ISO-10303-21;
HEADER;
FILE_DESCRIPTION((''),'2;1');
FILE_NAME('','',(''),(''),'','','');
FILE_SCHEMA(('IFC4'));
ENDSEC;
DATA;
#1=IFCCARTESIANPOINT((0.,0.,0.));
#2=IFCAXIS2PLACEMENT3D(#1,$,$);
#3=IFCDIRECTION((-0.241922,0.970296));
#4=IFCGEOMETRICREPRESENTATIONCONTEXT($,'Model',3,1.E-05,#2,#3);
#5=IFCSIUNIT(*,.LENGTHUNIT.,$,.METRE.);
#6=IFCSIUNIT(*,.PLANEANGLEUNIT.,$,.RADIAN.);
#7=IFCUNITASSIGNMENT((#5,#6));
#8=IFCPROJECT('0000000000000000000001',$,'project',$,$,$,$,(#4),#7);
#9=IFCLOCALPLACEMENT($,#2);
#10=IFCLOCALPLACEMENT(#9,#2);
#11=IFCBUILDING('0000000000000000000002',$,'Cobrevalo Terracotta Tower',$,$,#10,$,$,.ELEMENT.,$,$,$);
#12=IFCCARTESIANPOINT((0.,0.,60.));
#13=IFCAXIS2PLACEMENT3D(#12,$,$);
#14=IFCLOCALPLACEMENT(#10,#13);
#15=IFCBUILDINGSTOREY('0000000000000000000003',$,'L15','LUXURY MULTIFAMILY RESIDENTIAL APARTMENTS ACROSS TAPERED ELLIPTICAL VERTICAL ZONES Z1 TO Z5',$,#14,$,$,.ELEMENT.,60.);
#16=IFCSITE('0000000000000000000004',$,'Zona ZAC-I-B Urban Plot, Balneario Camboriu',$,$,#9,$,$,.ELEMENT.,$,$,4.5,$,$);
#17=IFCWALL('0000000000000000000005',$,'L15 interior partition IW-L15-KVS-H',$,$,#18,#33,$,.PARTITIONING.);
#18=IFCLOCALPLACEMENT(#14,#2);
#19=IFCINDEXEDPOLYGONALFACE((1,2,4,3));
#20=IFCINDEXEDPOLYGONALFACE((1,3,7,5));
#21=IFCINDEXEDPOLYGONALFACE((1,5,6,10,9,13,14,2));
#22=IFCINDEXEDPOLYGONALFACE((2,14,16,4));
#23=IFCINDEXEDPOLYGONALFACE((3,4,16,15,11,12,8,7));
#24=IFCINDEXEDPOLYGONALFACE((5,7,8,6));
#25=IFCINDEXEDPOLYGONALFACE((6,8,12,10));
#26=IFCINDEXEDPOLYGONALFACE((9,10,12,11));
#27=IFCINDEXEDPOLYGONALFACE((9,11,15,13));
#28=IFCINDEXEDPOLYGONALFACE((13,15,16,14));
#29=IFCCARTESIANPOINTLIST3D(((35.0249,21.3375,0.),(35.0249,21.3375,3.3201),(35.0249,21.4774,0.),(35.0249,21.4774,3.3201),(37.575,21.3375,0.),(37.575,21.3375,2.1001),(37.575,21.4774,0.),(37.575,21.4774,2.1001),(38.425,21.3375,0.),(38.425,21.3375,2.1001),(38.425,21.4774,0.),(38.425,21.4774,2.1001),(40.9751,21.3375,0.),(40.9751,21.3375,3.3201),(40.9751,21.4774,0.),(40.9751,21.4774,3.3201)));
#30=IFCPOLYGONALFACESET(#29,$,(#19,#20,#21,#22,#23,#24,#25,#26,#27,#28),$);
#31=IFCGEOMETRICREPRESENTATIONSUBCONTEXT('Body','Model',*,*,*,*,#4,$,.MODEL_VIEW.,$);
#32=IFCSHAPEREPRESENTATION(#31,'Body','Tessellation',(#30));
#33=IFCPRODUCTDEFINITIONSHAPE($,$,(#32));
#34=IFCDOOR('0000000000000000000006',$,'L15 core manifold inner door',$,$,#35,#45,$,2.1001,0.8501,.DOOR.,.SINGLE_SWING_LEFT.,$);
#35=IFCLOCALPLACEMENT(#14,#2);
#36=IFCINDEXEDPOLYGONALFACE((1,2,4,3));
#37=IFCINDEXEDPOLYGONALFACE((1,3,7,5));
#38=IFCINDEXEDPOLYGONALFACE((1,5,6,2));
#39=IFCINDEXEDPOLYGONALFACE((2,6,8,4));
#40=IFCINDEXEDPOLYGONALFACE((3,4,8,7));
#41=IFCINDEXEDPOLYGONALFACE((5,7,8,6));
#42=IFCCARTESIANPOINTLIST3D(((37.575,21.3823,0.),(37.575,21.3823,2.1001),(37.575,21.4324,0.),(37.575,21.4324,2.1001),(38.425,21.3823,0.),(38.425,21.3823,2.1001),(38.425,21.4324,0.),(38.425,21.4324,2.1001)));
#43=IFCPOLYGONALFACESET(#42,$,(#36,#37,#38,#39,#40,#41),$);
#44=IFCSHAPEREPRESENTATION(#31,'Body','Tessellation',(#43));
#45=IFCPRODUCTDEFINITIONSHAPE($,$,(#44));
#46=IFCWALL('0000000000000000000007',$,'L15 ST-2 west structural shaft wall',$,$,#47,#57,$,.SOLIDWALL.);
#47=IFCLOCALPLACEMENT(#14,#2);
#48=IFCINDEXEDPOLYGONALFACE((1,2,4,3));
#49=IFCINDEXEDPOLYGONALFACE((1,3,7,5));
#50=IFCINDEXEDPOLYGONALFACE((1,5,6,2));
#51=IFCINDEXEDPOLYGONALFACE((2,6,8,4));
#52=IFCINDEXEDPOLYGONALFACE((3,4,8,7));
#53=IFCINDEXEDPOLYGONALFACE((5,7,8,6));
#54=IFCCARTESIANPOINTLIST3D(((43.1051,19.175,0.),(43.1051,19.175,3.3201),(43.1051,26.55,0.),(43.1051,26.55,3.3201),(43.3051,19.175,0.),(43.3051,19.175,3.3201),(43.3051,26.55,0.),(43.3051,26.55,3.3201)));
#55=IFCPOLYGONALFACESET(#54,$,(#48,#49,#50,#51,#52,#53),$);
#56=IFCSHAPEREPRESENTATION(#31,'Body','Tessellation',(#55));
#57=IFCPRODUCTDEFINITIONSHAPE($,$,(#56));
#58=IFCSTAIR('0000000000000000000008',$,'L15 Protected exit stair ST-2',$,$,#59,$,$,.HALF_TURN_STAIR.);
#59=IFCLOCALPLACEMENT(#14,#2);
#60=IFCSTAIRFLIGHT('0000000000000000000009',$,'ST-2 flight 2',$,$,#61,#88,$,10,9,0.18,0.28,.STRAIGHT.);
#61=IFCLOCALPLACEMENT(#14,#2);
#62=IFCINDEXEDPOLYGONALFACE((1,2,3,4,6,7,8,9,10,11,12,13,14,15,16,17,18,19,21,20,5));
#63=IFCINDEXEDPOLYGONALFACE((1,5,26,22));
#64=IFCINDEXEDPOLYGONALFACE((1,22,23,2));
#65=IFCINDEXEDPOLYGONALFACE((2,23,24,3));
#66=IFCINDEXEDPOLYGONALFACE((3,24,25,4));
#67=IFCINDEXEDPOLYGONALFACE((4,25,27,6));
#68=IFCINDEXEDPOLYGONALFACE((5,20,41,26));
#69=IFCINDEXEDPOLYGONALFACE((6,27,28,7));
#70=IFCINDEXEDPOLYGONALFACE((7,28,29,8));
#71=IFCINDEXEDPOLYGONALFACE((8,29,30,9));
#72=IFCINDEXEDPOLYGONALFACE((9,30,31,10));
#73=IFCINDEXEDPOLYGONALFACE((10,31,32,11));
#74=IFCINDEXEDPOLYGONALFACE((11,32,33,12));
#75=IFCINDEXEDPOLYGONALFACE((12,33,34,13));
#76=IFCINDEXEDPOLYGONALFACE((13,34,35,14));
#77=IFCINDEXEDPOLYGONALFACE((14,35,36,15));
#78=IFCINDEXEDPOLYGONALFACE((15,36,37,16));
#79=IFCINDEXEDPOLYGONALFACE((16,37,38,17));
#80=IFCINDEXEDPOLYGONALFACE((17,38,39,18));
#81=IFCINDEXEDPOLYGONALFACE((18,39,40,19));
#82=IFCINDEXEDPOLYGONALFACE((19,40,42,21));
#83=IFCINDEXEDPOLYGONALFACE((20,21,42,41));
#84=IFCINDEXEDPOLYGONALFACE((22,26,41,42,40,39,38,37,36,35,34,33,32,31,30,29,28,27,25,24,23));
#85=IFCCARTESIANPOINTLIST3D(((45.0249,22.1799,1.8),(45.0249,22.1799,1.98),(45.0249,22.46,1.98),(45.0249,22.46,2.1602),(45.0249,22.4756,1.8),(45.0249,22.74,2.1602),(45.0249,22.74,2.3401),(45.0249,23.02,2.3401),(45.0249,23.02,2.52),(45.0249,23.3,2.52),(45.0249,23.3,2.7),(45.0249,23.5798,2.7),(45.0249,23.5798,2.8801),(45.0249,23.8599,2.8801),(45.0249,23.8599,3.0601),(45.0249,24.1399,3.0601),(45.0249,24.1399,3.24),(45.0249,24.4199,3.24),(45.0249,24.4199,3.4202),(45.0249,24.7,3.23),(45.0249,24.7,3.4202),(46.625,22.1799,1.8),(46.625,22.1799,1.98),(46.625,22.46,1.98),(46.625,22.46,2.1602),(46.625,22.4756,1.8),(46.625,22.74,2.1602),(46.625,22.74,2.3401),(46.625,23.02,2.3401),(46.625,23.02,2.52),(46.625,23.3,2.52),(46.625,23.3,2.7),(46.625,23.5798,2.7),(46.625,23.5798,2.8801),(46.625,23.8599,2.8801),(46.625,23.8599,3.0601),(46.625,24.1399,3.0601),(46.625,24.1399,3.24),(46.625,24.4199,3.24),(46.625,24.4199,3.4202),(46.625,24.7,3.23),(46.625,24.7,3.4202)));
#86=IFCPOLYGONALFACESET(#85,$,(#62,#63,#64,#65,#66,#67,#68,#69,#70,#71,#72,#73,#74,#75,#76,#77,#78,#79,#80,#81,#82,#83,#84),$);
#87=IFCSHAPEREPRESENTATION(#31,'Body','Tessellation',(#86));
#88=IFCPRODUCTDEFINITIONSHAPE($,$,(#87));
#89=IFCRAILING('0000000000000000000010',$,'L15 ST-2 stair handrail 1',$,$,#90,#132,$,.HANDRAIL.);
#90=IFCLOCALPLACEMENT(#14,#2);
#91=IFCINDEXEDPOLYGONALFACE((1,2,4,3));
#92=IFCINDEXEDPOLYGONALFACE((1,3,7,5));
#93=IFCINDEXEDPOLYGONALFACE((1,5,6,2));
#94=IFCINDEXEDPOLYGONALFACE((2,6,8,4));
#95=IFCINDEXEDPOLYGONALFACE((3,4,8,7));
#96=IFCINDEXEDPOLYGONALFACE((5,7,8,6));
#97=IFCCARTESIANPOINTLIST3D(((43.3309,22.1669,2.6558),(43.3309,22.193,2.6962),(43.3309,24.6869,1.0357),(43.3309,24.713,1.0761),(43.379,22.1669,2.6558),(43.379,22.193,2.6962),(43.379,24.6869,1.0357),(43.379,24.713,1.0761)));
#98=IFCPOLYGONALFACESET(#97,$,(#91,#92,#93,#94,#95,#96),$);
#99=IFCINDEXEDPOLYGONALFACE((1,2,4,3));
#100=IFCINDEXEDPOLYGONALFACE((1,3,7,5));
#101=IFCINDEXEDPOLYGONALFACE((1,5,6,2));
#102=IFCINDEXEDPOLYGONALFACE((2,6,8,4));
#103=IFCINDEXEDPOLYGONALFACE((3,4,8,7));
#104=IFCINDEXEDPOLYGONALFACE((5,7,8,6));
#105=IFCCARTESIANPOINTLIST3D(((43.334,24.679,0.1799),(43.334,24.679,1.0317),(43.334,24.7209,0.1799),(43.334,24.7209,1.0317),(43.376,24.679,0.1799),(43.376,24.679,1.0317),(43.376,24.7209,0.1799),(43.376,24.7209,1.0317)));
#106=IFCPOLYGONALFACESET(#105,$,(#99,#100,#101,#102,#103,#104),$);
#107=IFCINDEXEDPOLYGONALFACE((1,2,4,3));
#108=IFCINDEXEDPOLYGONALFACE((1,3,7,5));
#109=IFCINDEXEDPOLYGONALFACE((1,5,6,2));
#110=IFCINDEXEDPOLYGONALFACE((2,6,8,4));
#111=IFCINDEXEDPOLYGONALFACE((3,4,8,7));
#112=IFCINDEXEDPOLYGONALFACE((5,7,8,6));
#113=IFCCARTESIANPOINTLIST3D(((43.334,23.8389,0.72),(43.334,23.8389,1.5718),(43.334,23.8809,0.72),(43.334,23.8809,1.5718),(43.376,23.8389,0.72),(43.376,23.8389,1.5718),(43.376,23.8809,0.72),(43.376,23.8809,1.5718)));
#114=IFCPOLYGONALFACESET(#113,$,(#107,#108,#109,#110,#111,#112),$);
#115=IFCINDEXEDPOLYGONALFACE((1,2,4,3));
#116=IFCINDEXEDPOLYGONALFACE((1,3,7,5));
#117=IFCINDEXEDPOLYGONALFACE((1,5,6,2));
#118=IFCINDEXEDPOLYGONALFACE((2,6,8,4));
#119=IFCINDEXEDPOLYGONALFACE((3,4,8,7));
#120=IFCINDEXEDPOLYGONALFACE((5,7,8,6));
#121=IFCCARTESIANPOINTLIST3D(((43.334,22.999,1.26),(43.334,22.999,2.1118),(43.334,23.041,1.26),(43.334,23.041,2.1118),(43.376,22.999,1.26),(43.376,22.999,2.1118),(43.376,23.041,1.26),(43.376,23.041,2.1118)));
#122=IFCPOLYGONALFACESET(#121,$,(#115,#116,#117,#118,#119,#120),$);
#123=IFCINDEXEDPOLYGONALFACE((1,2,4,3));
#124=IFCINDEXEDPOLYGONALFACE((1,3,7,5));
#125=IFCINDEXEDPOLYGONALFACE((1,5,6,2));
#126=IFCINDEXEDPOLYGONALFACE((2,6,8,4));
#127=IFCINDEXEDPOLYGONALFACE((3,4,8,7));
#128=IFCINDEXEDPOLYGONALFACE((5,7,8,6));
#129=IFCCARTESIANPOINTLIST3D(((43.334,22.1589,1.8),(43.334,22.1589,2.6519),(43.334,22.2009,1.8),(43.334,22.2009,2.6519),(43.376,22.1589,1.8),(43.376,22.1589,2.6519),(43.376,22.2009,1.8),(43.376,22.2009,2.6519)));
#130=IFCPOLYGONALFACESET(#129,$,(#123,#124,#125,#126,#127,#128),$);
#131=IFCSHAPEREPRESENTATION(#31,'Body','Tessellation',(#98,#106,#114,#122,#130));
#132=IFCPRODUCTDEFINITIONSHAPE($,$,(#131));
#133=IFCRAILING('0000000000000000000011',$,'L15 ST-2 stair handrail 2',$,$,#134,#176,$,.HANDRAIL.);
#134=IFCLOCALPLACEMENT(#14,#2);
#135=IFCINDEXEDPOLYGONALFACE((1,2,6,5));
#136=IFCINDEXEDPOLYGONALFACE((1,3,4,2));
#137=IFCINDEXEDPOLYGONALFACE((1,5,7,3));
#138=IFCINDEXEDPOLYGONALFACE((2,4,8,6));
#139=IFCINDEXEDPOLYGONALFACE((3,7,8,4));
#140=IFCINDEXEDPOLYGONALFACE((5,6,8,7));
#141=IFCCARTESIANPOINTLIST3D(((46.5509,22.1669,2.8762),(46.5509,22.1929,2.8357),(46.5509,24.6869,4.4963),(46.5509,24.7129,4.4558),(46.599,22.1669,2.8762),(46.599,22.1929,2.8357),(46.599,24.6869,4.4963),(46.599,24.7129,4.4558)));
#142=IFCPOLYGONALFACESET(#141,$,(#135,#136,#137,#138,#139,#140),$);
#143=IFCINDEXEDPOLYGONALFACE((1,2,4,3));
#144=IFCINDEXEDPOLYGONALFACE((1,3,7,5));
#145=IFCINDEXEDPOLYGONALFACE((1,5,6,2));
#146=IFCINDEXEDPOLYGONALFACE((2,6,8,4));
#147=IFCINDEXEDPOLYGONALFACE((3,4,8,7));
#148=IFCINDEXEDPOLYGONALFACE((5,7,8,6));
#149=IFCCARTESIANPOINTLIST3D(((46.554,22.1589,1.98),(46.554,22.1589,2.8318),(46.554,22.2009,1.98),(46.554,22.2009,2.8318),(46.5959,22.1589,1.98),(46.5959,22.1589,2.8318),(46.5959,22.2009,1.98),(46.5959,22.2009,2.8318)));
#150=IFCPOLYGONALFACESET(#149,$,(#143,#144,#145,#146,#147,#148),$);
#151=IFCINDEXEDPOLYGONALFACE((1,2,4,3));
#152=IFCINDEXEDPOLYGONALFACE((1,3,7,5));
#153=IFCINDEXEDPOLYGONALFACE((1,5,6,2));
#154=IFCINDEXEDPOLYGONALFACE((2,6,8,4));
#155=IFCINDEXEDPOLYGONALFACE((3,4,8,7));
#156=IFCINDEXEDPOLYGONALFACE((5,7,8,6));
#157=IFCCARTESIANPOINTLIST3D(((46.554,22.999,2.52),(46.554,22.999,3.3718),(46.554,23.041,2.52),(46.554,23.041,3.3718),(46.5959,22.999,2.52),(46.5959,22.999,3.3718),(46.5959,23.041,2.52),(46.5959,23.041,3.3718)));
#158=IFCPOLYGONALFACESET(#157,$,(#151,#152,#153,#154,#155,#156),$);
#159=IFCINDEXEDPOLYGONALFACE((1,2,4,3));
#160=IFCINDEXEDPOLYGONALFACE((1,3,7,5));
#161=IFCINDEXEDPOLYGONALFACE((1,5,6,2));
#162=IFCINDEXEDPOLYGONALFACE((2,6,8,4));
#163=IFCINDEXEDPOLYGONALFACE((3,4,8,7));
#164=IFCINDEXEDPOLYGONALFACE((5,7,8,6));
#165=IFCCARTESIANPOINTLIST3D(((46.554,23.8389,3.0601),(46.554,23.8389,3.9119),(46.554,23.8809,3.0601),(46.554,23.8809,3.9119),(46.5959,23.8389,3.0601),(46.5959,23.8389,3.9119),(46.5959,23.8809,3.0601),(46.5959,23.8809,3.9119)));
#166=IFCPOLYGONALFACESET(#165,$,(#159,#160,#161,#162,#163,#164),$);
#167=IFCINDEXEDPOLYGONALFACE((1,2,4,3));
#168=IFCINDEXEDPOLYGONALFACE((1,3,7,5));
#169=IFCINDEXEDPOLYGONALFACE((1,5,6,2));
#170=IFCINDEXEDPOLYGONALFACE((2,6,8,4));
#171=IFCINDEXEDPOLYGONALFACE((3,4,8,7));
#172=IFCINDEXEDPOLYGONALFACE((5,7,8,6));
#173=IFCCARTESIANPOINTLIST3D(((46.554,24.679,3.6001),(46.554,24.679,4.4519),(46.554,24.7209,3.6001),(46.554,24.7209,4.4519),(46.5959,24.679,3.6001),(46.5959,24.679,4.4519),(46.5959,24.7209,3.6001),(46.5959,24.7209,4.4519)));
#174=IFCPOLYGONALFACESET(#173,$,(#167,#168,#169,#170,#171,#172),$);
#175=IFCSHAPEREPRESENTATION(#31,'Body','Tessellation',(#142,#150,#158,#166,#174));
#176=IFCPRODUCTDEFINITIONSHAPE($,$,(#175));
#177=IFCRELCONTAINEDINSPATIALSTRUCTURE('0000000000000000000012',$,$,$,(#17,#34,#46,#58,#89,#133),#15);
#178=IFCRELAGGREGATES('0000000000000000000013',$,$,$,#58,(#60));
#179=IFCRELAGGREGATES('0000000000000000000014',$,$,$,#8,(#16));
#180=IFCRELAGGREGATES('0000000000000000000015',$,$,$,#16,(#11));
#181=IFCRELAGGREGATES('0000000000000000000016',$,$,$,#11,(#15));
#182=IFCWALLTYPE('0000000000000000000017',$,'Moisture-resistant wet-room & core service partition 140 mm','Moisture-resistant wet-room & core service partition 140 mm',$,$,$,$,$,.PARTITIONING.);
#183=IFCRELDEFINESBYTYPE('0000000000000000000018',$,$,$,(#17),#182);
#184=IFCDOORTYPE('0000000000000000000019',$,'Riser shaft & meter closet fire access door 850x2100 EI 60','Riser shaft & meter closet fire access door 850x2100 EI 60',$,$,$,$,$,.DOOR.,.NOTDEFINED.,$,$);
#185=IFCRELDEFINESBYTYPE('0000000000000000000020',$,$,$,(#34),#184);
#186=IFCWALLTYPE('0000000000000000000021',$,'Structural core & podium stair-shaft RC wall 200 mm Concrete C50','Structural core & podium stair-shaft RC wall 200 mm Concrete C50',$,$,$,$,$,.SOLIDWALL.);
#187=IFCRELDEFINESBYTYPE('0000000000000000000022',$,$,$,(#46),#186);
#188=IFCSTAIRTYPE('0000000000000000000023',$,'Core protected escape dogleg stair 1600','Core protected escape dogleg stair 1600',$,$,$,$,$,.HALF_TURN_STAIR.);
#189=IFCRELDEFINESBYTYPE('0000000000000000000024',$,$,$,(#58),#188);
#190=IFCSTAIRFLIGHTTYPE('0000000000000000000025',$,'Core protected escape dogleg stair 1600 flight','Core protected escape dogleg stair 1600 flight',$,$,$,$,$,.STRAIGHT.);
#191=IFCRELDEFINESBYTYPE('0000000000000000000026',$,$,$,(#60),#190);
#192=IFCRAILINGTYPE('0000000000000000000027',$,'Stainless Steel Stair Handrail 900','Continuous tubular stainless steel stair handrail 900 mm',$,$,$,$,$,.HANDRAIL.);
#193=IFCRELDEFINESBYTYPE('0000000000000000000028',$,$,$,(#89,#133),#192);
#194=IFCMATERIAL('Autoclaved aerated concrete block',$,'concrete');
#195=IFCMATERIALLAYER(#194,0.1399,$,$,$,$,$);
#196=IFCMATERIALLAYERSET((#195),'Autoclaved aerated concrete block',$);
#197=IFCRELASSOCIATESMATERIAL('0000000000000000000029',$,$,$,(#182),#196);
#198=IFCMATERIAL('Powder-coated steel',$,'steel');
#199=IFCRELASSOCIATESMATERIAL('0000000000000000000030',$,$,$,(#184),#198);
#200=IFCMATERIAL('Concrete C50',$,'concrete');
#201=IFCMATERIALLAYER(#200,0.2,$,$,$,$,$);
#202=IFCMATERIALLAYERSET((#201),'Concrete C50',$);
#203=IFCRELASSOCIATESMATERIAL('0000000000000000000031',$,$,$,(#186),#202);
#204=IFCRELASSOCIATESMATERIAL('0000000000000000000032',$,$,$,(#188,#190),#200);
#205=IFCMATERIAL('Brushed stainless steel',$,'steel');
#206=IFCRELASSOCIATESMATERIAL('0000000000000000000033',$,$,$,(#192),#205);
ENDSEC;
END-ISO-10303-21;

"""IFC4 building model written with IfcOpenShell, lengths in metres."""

from ifc_helpers import new_model, si_unit, direction, frame, frame_2d, origin, origin_2d, place, context, subcontext, project, spatial, polyline, rectangle, outline, extrude, source, transform, mapped, material, layer, layer_set, type_object, element, fill, aggregate, save


model = new_model("IFC4")

# Units and contexts
model_context = context("Model", 3, precision=1e-05, world=origin(), true_north=direction((-0.241922, 0.970296)))
body_context = subcontext(model_context, "Body", "Model", "MODEL_VIEW")
ifc_project = project(units=[si_unit("LENGTHUNIT", "METRE"), si_unit("PLANEANGLEUNIT", "RADIAN")], contexts=[model_context])

# Site, building, storey
site_placement = place(None, origin())
site = spatial("IfcSite", under=ifc_project, at=site_placement, Name="Zona ZAC-I-B Urban Plot, Balneario Camboriu", CompositionType="ELEMENT", RefElevation=4.5)
building_placement = place(site_placement, origin())
building = spatial("IfcBuilding", under=site, at=building_placement, Name="Cobrevalo Terracotta Tower", CompositionType="ELEMENT")
storey_placement = place(building_placement, frame((0.0, 0.0, 60.0)))
storey = spatial("IfcBuildingStorey", under=building, at=storey_placement, Name="L15", Description="LUXURY MULTIFAMILY RESIDENTIAL APARTMENTS ACROSS TAPERED ELLIPTICAL VERTICAL ZONES Z1 TO Z5", CompositionType="ELEMENT", Elevation=60.0)

# Shared definitions
ifc_material_1 = material(Name="Autoclaved aerated concrete block", Category="concrete")

# Shared definitions
ifc_layer_1 = layer(ifc_material_1, 0.1399)
ifc_layer_set_1 = layer_set([ifc_layer_1], Name="Autoclaved aerated concrete block")
wall_type_1 = type_object("IfcWallType", Name="Moisture-resistant wet-room & core service partition 140 mm", Description="Moisture-resistant wet-room & core service partition 140 mm", PredefinedType="PARTITIONING", material=ifc_layer_set_1)

# Wall, opening, door
wall_1_placement = place(storey_placement, frame((35.0249, 21.4075, 0.0), z_axis=(0.0, 0.0, 1.0), x_axis=(1.0, 0.0, 0.0)))
wall_1 = element("IfcWall", 1, at=wall_1_placement, inside=storey, type_object=wall_type_1, Name="L15 interior partition IW-L15-KVS-H", PredefinedType="PARTITIONING", context=body_context, shape_type="SweptSolid", body=[
    extrude(rectangle(XDim=5.9502, YDim=0.1399, at=frame_2d((2.9751, 0.0))), origin(), (0.0, 0.0, 1.0), 3.3201),
])
opening_1_placement = place(wall_1_placement, frame((2.55, 0.0, 0.0)))
opening_1 = element("IfcOpeningElement", 2, at=opening_1_placement, cuts=wall_1, PredefinedType="OPENING", context=body_context, shape_type="SweptSolid", body=[
    extrude(rectangle(XDim=0.8501, YDim=2.1001, at=frame_2d((0.425, 1.05))), frame((0.0, 0.0801, 0.0), z_axis=(0.0, -1.0, 0.0), x_axis=(1.0, 0.0, 0.0)), (0.0, 0.0, 1.0), 0.1599),
])
ifc_material_2 = material(Name="Powder-coated steel", Category="steel")
door_type_1 = type_object("IfcDoorType", Name="Riser shaft & meter closet fire access door 850x2100 EI 60", Description="Riser shaft & meter closet fire access door 850x2100 EI 60", OperationType="NOTDEFINED", PredefinedType="DOOR", material=ifc_material_2)
shared_shape_1 = source(origin(), body_context, "Body", "SweptSolid", [
    extrude(rectangle(XDim=0.8501, YDim=2.1001, at=frame_2d((0.425, 1.05))), frame((0.0, 0.0249, 0.0), z_axis=(0.0, -1.0, 0.0), x_axis=(1.0, 0.0, 0.0)), (0.0, 0.0, 1.0), 0.05),
])
door_1_placement = place(opening_1_placement, origin())
door_1 = element("IfcDoor", 3, at=door_1_placement, inside=storey, type_object=door_type_1, Name="L15 core manifold inner door", OperationType="SINGLE_SWING_LEFT", OverallHeight=2.1001, OverallWidth=0.8501, PredefinedType="DOOR", context=body_context, shape_type="MappedRepresentation", body=[
    mapped(shared_shape_1, transform((0.0, 0.0, 0.0), scale=1.0)),
])
fill(opening_1, door_1)

# Wall
ifc_material_3 = material(Name="Concrete C50", Category="concrete")
ifc_layer_2 = layer(ifc_material_3, 0.2)
ifc_layer_set_2 = layer_set([ifc_layer_2], Name="Concrete C50")
wall_type_2 = type_object("IfcWallType", Name="Structural core & podium stair-shaft RC wall 200 mm Concrete C50", Description="Structural core & podium stair-shaft RC wall 200 mm Concrete C50", PredefinedType="SOLIDWALL", material=ifc_layer_set_2)
wall_2_placement = place(storey_placement, frame((43.2051, 19.175, 0.0), z_axis=(0.0, 0.0, 1.0), x_axis=(0.0, 1.0, 0.0)))
element("IfcWall", 4, at=wall_2_placement, inside=storey, type_object=wall_type_2, Name="L15 ST-2 west structural shaft wall", PredefinedType="SOLIDWALL", context=body_context, shape_type="SweptSolid", body=[
    extrude(rectangle(XDim=7.375, YDim=0.2, at=frame_2d((3.6875, 0.0))), origin(), (0.0, 0.0, 1.0), 3.3201),
])

# Stair, stair flight
stair_type = type_object("IfcStairType", Name="Core protected escape dogleg stair 1600", Description="Core protected escape dogleg stair 1600", PredefinedType="HALF_TURN_STAIR", material=ifc_material_3)
stair_placement = place(storey_placement, origin())
stair = element("IfcStair", 5, at=stair_placement, inside=storey, type_object=stair_type, Name="L15 Protected exit stair ST-2", PredefinedType="HALF_TURN_STAIR")
stair_flight_type = type_object("IfcStairFlightType", Name="Core protected escape dogleg stair 1600 flight", Description="Core protected escape dogleg stair 1600 flight", PredefinedType="STRAIGHT", material=ifc_material_3)
stair_flight_placement = place(storey_placement, frame((45.825, 22.1799, 1.8), z_axis=(0.0, 0.0, 1.0), x_axis=(0.0, 1.0, 0.0)))
stair_flight = element("IfcStairFlight", 6, at=stair_flight_placement, type_object=stair_flight_type, Name="ST-2 flight 2", NumberOfRisers=10, NumberOfTreads=9, PredefinedType="STRAIGHT", RiserHeight=0.18, TreadLength=0.28, context=body_context, shape_type="SweptSolid", body=[
    extrude(outline(polyline([(0.0, 0.0), (0.0, 0.1799), (0.28, 0.1799), (0.28, 0.3601), (0.5601, 0.3601), (0.5601, 0.54), (0.8401, 0.54), (0.8401, 0.72), (1.1201, 0.72), (1.1201, 0.8999), (1.3999, 0.8999), (1.3999, 1.0801), (1.6799, 1.0801), (1.6799, 1.26), (1.96, 1.26), (1.96, 1.4399), (2.24, 1.4399), (2.24, 1.6201), (2.52, 1.6201), (2.52, 1.8), (2.52, 1.4299), (0.2957, 0.0), (0.0, 0.0)])), frame((0.0, 0.8, 0.0), z_axis=(0.0, -1.0, 0.0), x_axis=(1.0, 0.0, 0.0)), (0.0, 0.0, 1.0), 1.6001),
])
aggregate(stair, [stair_flight])

# Railings
ifc_material_4 = material(Name="Brushed stainless steel", Category="steel")
railing_type_1 = type_object("IfcRailingType", Name="Stainless Steel Stair Handrail 900", Description="Continuous tubular stainless steel stair handrail 900 mm", PredefinedType="HANDRAIL", material=ifc_material_4)
railing_1_placement = place(storey_placement, frame((43.355, 24.7, 0.1799)))
element("IfcRailing", 7, at=railing_1_placement, inside=storey, type_object=railing_type_1, Name="L15 ST-2 stair handrail 1", PredefinedType="HANDRAIL", context=body_context, shape_type="SweptSolid", body=[
    extrude(rectangle(XDim=0.0481, YDim=0.0481, at=origin_2d()), frame((0.0, 0.0, 0.876), z_axis=(0.0, -0.841163, 0.540782), x_axis=(1.0, 0.0, 0.0)), (0.0, 0.0, 1.0), 2.9958),
    extrude(rectangle(XDim=0.042, YDim=0.042, at=origin_2d()), origin(), (0.0, 0.0, 1.0), 0.8518),
    extrude(rectangle(XDim=0.042, YDim=0.042, at=origin_2d()), frame((0.0, -0.8401, 0.54)), (0.0, 0.0, 1.0), 0.8518),
    extrude(rectangle(XDim=0.042, YDim=0.042, at=origin_2d()), frame((0.0, -1.6799, 1.0801)), (0.0, 0.0, 1.0), 0.8518),
    extrude(rectangle(XDim=0.042, YDim=0.042, at=origin_2d()), frame((0.0, -2.52, 1.6201)), (0.0, 0.0, 1.0), 0.8518),
])
railing_2_placement = place(storey_placement, frame((46.575, 22.1799, 1.98)))
element("IfcRailing", 8, at=railing_2_placement, inside=storey, type_object=railing_type_1, Name="L15 ST-2 stair handrail 2", PredefinedType="HANDRAIL", context=body_context, shape_type="SweptSolid", body=[
    extrude(rectangle(XDim=0.0481, YDim=0.0481, at=origin_2d()), frame((0.0, 0.0, 0.876), z_axis=(0.0, 0.841163, 0.540782), x_axis=(-1.0, 0.0, 0.0)), (0.0, 0.0, 1.0), 2.9958),
    extrude(rectangle(XDim=0.042, YDim=0.042, at=origin_2d()), origin(), (0.0, 0.0, 1.0), 0.8518),
    extrude(rectangle(XDim=0.042, YDim=0.042, at=origin_2d()), frame((0.0, 0.8401, 0.54)), (0.0, 0.0, 1.0), 0.8518),
    extrude(rectangle(XDim=0.042, YDim=0.042, at=origin_2d()), frame((0.0, 1.6799, 1.0801)), (0.0, 0.0, 1.0), 0.8518),
    extrude(rectangle(XDim=0.042, YDim=0.042, at=origin_2d()), frame((0.0, 2.52, 1.6201)), (0.0, 0.0, 1.0), 0.8518),
])

save(model, "model.ifc")
